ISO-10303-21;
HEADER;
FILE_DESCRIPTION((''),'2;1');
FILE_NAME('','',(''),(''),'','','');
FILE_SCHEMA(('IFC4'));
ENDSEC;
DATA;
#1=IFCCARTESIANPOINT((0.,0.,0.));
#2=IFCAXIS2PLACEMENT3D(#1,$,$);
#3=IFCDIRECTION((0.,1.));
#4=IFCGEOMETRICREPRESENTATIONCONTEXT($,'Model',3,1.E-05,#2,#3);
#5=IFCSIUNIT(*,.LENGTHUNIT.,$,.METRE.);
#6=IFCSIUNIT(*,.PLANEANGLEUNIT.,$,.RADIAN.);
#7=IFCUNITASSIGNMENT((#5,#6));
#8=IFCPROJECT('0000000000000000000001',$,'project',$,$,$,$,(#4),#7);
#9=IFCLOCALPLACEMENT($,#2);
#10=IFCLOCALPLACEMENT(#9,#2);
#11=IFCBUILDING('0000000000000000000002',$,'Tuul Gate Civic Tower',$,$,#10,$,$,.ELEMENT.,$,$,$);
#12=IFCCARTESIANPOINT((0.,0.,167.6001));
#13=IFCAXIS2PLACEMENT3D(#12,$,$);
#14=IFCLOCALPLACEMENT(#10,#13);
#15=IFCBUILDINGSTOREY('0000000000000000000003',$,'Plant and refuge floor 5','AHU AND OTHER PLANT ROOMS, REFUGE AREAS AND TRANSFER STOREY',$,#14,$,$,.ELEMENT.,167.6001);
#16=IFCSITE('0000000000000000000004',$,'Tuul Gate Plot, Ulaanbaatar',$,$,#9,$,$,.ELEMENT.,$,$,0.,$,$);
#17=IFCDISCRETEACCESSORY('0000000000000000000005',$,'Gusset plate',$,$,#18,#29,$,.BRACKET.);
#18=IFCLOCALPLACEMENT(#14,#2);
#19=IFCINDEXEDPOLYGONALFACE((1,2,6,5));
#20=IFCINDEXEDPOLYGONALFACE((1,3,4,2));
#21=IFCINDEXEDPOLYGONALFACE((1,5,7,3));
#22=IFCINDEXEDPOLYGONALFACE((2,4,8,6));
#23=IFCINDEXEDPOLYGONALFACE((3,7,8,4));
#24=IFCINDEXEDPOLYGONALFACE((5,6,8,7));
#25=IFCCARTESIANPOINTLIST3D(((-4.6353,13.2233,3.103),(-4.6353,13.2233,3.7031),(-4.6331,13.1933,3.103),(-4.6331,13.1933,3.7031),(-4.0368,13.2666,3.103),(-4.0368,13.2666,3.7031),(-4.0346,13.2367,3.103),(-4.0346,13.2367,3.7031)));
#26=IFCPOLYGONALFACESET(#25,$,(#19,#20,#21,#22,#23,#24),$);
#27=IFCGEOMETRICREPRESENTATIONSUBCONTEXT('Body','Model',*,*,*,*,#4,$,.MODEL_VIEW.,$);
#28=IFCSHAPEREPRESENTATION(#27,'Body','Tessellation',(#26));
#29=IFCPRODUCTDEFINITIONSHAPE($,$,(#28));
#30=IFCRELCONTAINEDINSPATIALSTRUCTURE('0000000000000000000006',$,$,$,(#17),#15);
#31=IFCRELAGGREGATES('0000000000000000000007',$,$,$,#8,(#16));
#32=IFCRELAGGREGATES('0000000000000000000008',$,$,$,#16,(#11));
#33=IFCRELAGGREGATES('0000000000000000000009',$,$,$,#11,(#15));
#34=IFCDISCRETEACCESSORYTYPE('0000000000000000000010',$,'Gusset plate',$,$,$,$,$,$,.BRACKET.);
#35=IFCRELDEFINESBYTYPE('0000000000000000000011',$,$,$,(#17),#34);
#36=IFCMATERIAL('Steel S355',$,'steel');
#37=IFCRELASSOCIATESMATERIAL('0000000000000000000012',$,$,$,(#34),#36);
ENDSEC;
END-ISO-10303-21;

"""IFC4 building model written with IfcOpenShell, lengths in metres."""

from ifc_helpers import new_model, si_unit, direction, frame, origin, origin_2d, place, context, subcontext, project, spatial, rectangle, extrude, material, type_object, element, save


model = new_model("IFC4")

# Units and contexts
model_context = context("Model", 3, precision=1e-05, world=origin(), true_north=direction((0.0, 1.0)))
body_context = subcontext(model_context, "Body", "Model", "MODEL_VIEW")
ifc_project = project(units=[si_unit("LENGTHUNIT", "METRE"), si_unit("PLANEANGLEUNIT", "RADIAN")], contexts=[model_context])

# Site, building, storey
site_placement = place(None, origin())
site = spatial("IfcSite", under=ifc_project, at=site_placement, Name="Tuul Gate Plot, Ulaanbaatar", CompositionType="ELEMENT", RefElevation=0.0)
building_placement = place(site_placement, origin())
building = spatial("IfcBuilding", under=site, at=building_placement, Name="Tuul Gate Civic Tower", CompositionType="ELEMENT")
storey_placement = place(building_placement, frame((0.0, 0.0, 167.6001)))
storey = spatial("IfcBuildingStorey", under=building, at=storey_placement, Name="Plant and refuge floor 5", Description="AHU AND OTHER PLANT ROOMS, REFUGE AREAS AND TRANSFER STOREY", CompositionType="ELEMENT", Elevation=167.6001)

# Discrete accessory
ifc_material_1 = material(Name="Steel S355", Category="steel")
discrete_accessory_type = type_object("IfcDiscreteAccessoryType", Name="Gusset plate", PredefinedType="BRACKET", material=ifc_material_1)
discrete_accessory_placement = place(storey_placement, frame((-4.335, 13.23, 3.103), z_axis=(0.0, 0.0, 1.0), x_axis=(0.997383, 0.072299, 0.0)))
element("IfcDiscreteAccessory", 1, at=discrete_accessory_placement, inside=storey, type_object=discrete_accessory_type, Name="Gusset plate", PredefinedType="BRACKET", context=body_context, shape_type="SweptSolid", body=[
    extrude(rectangle(XDim=0.6001, YDim=0.03, at=origin_2d()), origin(), (0.0, 0.0, 1.0), 0.6001),
])

save(model, "model.ifc")
